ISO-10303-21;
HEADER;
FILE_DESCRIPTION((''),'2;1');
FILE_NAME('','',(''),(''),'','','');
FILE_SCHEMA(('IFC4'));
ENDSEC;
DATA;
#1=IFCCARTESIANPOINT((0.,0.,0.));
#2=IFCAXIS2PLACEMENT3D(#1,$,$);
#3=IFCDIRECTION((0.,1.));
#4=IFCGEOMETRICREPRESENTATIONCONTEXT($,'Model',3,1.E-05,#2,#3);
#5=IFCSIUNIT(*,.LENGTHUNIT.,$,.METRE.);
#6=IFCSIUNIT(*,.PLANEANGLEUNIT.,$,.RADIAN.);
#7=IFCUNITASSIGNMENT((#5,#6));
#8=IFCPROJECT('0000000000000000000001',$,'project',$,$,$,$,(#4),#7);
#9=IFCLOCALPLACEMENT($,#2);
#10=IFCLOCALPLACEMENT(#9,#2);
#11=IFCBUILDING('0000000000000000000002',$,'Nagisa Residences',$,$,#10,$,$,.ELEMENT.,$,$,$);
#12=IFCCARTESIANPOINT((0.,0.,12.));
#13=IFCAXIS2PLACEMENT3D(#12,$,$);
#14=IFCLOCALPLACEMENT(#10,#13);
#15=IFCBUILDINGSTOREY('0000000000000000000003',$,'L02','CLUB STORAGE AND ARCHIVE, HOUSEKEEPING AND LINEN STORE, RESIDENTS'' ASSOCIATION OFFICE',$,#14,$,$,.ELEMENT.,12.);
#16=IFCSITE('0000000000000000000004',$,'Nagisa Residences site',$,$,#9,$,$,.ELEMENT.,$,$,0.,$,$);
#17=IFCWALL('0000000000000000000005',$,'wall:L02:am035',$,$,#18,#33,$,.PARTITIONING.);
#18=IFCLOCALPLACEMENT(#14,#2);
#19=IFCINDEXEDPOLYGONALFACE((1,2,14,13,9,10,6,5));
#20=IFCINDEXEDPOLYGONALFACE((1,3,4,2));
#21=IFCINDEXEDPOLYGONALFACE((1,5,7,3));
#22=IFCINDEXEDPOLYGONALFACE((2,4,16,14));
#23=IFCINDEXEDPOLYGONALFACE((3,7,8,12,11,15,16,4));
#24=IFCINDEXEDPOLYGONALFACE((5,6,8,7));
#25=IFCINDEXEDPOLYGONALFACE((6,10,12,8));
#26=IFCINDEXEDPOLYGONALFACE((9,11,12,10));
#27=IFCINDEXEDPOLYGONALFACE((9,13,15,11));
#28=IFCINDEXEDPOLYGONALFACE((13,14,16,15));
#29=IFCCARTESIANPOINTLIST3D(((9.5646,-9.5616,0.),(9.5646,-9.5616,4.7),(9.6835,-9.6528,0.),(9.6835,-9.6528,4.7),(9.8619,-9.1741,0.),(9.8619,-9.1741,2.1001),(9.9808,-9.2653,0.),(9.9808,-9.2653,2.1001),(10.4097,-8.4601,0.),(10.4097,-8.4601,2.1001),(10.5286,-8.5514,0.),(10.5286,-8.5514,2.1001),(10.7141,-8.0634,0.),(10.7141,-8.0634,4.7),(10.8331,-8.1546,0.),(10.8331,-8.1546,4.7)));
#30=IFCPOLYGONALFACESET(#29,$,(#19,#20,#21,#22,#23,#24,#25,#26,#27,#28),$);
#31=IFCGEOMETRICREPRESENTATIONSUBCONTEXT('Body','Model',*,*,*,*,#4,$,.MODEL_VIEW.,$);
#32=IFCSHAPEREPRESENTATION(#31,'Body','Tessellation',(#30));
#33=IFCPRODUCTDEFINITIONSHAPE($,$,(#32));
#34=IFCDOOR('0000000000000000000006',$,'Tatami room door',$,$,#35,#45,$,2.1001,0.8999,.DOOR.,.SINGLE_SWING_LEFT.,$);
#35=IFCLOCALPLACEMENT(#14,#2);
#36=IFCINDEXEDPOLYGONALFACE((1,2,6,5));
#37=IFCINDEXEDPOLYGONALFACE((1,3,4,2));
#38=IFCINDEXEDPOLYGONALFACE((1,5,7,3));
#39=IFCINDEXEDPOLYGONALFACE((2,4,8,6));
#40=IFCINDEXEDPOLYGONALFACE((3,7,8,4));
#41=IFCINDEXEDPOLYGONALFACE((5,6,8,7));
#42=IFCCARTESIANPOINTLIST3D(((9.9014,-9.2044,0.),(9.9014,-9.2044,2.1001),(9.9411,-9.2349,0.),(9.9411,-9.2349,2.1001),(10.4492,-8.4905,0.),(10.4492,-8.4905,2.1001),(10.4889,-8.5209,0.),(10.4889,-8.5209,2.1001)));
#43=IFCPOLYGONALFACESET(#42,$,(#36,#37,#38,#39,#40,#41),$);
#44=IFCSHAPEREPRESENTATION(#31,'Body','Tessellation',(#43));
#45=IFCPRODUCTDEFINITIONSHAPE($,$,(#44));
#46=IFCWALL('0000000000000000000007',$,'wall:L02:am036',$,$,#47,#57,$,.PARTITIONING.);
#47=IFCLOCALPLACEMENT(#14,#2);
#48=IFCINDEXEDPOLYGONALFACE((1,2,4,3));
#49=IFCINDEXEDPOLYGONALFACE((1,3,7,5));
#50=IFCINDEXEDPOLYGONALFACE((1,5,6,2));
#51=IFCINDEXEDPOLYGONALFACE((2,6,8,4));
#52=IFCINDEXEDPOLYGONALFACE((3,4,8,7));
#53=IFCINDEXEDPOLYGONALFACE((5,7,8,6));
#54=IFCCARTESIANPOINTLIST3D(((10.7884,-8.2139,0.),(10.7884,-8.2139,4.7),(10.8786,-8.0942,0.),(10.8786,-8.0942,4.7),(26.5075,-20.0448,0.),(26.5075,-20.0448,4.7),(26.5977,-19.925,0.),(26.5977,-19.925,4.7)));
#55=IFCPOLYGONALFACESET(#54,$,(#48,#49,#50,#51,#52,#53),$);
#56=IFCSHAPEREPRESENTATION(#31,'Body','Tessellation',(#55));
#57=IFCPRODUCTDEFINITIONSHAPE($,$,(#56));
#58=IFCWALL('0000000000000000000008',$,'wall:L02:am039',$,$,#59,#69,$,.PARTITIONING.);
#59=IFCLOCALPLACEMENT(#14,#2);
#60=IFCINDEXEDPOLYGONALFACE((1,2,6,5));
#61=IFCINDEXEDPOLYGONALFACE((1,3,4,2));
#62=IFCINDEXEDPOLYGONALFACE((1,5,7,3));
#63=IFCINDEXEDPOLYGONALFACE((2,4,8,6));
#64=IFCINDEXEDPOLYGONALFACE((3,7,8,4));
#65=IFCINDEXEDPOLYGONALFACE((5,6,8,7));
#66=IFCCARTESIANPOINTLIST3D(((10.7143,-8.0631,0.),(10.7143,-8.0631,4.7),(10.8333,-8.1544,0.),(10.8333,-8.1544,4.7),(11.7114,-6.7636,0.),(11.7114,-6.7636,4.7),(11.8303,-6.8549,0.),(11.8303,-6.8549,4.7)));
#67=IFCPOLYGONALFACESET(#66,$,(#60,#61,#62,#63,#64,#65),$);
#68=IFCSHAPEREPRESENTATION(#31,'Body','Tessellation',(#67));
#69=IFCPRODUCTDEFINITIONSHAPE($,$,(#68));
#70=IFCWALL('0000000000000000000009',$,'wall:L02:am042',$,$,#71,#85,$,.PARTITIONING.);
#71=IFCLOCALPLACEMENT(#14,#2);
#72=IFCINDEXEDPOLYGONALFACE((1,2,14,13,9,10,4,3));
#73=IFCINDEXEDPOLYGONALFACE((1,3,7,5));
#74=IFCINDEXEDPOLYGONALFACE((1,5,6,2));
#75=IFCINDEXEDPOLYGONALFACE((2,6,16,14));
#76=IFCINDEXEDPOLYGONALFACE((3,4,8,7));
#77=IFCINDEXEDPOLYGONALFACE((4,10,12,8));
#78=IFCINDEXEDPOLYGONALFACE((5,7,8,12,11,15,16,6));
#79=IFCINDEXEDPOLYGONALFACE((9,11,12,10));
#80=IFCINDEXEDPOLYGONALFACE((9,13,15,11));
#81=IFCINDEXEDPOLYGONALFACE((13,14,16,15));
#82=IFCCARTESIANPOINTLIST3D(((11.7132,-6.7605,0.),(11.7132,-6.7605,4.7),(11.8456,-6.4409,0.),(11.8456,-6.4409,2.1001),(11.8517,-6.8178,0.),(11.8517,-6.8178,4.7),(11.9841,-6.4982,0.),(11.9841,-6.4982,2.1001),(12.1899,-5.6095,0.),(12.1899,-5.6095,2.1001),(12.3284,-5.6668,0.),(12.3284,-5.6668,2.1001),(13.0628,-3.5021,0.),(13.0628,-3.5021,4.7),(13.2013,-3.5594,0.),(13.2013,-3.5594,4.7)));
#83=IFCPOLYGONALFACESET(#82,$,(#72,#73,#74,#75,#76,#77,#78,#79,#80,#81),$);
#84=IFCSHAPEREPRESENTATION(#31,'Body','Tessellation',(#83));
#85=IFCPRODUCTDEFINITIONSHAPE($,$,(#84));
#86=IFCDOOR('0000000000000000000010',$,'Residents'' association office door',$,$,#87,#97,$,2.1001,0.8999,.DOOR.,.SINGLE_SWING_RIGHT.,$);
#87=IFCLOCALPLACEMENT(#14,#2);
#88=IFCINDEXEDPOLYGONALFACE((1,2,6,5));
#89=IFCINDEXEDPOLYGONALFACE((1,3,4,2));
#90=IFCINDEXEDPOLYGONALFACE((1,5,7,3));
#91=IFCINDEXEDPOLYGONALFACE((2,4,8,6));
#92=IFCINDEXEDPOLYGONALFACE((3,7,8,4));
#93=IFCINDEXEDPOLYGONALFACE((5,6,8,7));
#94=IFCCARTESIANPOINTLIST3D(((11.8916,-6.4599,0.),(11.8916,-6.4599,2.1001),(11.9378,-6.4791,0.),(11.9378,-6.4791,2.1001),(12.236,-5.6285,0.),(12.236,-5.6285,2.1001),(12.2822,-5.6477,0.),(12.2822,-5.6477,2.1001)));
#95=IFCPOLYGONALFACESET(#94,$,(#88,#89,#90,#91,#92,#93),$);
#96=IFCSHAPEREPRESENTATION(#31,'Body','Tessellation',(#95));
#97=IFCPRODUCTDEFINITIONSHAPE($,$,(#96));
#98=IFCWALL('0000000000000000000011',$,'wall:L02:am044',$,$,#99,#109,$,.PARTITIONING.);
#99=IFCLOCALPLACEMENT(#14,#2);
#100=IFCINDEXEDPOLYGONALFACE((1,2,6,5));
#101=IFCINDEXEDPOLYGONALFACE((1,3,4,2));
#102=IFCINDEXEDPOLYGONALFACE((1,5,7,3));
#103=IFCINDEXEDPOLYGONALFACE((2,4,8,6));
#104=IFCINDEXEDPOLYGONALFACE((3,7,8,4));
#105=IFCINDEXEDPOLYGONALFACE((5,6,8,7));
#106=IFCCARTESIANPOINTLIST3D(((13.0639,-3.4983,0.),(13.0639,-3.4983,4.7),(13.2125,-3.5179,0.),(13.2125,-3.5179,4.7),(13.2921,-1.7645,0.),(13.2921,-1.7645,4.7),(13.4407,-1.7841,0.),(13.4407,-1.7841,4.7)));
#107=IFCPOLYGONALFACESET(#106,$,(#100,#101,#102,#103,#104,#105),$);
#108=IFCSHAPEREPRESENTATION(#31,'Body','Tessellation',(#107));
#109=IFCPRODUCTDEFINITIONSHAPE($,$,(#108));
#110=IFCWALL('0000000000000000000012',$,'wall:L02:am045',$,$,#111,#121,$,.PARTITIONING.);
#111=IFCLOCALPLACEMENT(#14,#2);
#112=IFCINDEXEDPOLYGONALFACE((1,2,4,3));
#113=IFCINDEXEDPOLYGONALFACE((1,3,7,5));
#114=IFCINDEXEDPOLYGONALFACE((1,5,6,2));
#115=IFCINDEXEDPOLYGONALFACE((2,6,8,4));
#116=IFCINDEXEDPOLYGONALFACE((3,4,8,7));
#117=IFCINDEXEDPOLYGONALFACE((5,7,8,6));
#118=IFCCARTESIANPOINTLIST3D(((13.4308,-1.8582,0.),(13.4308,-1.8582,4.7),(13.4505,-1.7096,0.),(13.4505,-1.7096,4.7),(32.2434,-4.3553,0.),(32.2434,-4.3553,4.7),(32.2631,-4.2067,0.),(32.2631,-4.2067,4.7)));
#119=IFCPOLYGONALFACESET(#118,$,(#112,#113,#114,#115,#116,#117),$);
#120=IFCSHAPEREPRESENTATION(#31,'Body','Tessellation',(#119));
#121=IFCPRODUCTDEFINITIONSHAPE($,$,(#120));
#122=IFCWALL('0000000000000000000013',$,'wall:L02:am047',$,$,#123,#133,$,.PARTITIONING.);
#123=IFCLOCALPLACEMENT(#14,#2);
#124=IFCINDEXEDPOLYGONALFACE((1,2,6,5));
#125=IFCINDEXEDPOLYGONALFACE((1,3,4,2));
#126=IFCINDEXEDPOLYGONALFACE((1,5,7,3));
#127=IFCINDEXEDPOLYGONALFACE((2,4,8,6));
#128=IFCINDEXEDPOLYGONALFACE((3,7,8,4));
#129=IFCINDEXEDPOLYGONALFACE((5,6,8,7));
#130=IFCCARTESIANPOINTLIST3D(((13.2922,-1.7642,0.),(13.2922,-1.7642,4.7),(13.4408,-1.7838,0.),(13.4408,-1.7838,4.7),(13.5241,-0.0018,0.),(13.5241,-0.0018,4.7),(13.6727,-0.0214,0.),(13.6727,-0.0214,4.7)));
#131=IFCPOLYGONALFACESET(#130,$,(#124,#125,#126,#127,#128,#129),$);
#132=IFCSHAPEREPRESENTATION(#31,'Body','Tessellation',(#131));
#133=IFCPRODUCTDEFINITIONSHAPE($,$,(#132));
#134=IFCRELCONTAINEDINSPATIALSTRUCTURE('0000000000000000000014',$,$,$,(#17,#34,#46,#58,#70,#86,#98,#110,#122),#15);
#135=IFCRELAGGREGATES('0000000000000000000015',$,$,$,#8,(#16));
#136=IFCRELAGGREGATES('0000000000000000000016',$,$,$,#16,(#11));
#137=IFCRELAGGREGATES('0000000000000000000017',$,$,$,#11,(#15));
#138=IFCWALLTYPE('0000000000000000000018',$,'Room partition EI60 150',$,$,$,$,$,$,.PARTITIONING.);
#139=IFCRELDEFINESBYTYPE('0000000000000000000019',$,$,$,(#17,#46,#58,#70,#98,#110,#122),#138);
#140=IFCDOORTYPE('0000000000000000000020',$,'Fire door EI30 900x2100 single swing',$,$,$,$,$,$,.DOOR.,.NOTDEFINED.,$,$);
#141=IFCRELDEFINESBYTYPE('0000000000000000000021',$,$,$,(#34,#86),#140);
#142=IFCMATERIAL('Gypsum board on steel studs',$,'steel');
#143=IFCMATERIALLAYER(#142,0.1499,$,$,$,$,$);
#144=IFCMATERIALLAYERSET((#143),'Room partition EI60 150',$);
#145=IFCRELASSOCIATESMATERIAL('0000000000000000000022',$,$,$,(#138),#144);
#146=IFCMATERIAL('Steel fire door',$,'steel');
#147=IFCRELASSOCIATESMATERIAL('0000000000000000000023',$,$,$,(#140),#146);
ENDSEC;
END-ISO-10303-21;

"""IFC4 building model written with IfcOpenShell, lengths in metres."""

from ifc_helpers import new_model, si_unit, direction, frame, frame_2d, origin, place, context, subcontext, project, spatial, rectangle, extrude, material, layer, layer_set, type_object, element, fill, save


model = new_model("IFC4")

# Units and contexts
model_context = context("Model", 3, precision=1e-05, world=origin(), true_north=direction((0.0, 1.0)))
body_context = subcontext(model_context, "Body", "Model", "MODEL_VIEW")
ifc_project = project(units=[si_unit("LENGTHUNIT", "METRE"), si_unit("PLANEANGLEUNIT", "RADIAN")], contexts=[model_context])

# Site, building, storey
site_placement = place(None, origin())
site = spatial("IfcSite", under=ifc_project, at=site_placement, Name="Nagisa Residences site", CompositionType="ELEMENT", RefElevation=0.0)
building_placement = place(site_placement, origin())
building = spatial("IfcBuilding", under=site, at=building_placement, Name="Nagisa Residences", CompositionType="ELEMENT")
storey_placement = place(building_placement, frame((0.0, 0.0, 12.0)))
storey = spatial("IfcBuildingStorey", under=building, at=storey_placement, Name="L02", Description="CLUB STORAGE AND ARCHIVE, HOUSEKEEPING AND LINEN STORE, RESIDENTS' ASSOCIATION OFFICE", CompositionType="ELEMENT", Elevation=12.0)

# Shared definitions
ifc_material_1 = material(Name="Gypsum board on steel studs", Category="steel")
ifc_layer_1 = layer(ifc_material_1, 0.1499)
ifc_layer_set_1 = layer_set([ifc_layer_1], Name="Room partition EI60 150")
wall_type = type_object("IfcWallType", Name="Room partition EI60 150", PredefinedType="PARTITIONING", material=ifc_layer_set_1)

# Wall, opening, door
wall_1_placement = place(storey_placement, frame((10.7737, -8.1089, 0.0), z_axis=(0.0, 0.0, 1.0), x_axis=(-0.608754, -0.793359, 0.0)))
wall_1 = element("IfcWall", 1, at=wall_1_placement, inside=storey, type_object=wall_type, Name="wall:L02:am035", PredefinedType="PARTITIONING", context=body_context, shape_type="SweptSolid", body=[
    extrude(rectangle(XDim=1.8884, YDim=0.1499, at=frame_2d((0.9443, 0.0))), origin(), (0.0, 0.0, 1.0), 4.7),
])
opening_1_placement = place(wall_1_placement, frame((0.5002, 0.0, 0.0)))
opening_1 = element("IfcOpeningElement", 2, at=opening_1_placement, cuts=wall_1, PredefinedType="OPENING", context=body_context, shape_type="SweptSolid", body=[
    extrude(rectangle(XDim=0.8999, YDim=2.1001, at=frame_2d((0.45, 1.05))), frame((0.0, 0.085, 0.0), z_axis=(0.0, -1.0, 0.0), x_axis=(1.0, 0.0, 0.0)), (0.0, 0.0, 1.0), 0.1699),
])
ifc_material_2 = material(Name="Steel fire door", Category="steel")
door_type = type_object("IfcDoorType", Name="Fire door EI30 900x2100 single swing", OperationType="NOTDEFINED", PredefinedType="DOOR", material=ifc_material_2)
door_1_placement = place(opening_1_placement, origin())
door_1 = element("IfcDoor", 3, at=door_1_placement, inside=storey, type_object=door_type, Name="Tatami room door", OperationType="SINGLE_SWING_LEFT", OverallHeight=2.1001, OverallWidth=0.8999, PredefinedType="DOOR", context=body_context, shape_type="SweptSolid", body=[
    extrude(rectangle(XDim=0.8999, YDim=2.1001, at=frame_2d((0.45, 1.05))), frame((0.0, 0.0249, 0.0), z_axis=(0.0, -1.0, 0.0), x_axis=(1.0, 0.0, 0.0)), (0.0, 0.0, 1.0), 0.05),
])
fill(opening_1, door_1)

# Walls
wall_2_placement = place(storey_placement, frame((10.8335, -8.1541, 0.0), z_axis=(0.0, 0.0, 1.0), x_axis=(0.798985, -0.601351, 0.0)))
element("IfcWall", 4, at=wall_2_placement, inside=storey, type_object=wall_type, Name="wall:L02:am036", PredefinedType="PARTITIONING", context=body_context, shape_type="SweptSolid", body=[
    extrude(rectangle(XDim=19.6738, YDim=0.1499, at=frame_2d((9.8369, 0.0))), origin(), (0.0, 0.0, 1.0), 4.7),
])
wall_3_placement = place(storey_placement, frame((11.7708, -6.8093, 0.0), z_axis=(0.0, 0.0, 1.0), x_axis=(-0.608716, -0.793388, 0.0)))
element("IfcWall", 5, at=wall_3_placement, inside=storey, type_object=wall_type, Name="wall:L02:am039", PredefinedType="PARTITIONING", context=body_context, shape_type="SweptSolid", body=[
    extrude(rectangle(XDim=1.6379, YDim=0.1499, at=frame_2d((0.8188, 0.0))), origin(), (0.0, 0.0, 1.0), 4.7),
])

# Wall, opening, door
wall_4_placement = place(storey_placement, frame((13.1321, -3.5308, 0.0), z_axis=(0.0, 0.0, 1.0), x_axis=(-0.382678, -0.923882, 0.0)))
wall_4 = element("IfcWall", 6, at=wall_4_placement, inside=storey, type_object=wall_type, Name="wall:L02:am042", PredefinedType="PARTITIONING", context=body_context, shape_type="SweptSolid", body=[
    extrude(rectangle(XDim=3.5269, YDim=0.1499, at=frame_2d((1.7634, 0.0))), origin(), (0.0, 0.0, 1.0), 4.7),
])
opening_2_placement = place(wall_4_placement, frame((2.281, 0.0, 0.0)))
opening_2 = element("IfcOpeningElement", 7, at=opening_2_placement, cuts=wall_4, PredefinedType="OPENING", context=body_context, shape_type="SweptSolid", body=[
    extrude(rectangle(XDim=0.8999, YDim=2.1001, at=frame_2d((0.45, 1.05))), frame((0.0, 0.085, 0.0), z_axis=(0.0, -1.0, 0.0), x_axis=(1.0, 0.0, 0.0)), (0.0, 0.0, 1.0), 0.1699),
])
door_2_placement = place(opening_2_placement, origin())
door_2 = element("IfcDoor", 8, at=door_2_placement, inside=storey, type_object=door_type, Name="Residents' association office door", OperationType="SINGLE_SWING_RIGHT", OverallHeight=2.1001, OverallWidth=0.8999, PredefinedType="DOOR", context=body_context, shape_type="SweptSolid", body=[
    extrude(rectangle(XDim=0.8999, YDim=2.1001, at=frame_2d((0.45, 1.05))), frame((0.0, 0.0249, 0.0), z_axis=(0.0, -1.0, 0.0), x_axis=(1.0, 0.0, 0.0)), (0.0, 0.0, 1.0), 0.05),
])
fill(opening_2, door_2)

# Walls
wall_5_placement = place(storey_placement, frame((13.3665, -1.7742, 0.0), z_axis=(0.0, 0.0, 1.0), x_axis=(-0.130527, -0.991445, 0.0)))
element("IfcWall", 9, at=wall_5_placement, inside=storey, type_object=wall_type, Name="wall:L02:am044", PredefinedType="PARTITIONING", context=body_context, shape_type="SweptSolid", body=[
    extrude(rectangle(XDim=1.7488, YDim=0.1499, at=frame_2d((0.8745, 0.0))), origin(), (0.0, 0.0, 1.0), 4.7),
])
wall_6_placement = place(storey_placement, frame((13.4407, -1.7839, 0.0), z_axis=(0.0, 0.0, 1.0), x_axis=(0.991305, -0.131581, 0.0)))
element("IfcWall", 10, at=wall_6_placement, inside=storey, type_object=wall_type, Name="wall:L02:am045", PredefinedType="PARTITIONING", context=body_context, shape_type="SweptSolid", body=[
    extrude(rectangle(XDim=18.9775, YDim=0.1499, at=frame_2d((9.4888, 0.0))), origin(), (0.0, 0.0, 1.0), 4.7),
])
wall_7_placement = place(storey_placement, frame((13.5984, -0.0117, 0.0), z_axis=(0.0, 0.0, 1.0), x_axis=(-0.130472, -0.991452, 0.0)))
element("IfcWall", 11, at=wall_7_placement, inside=storey, type_object=wall_type, Name="wall:L02:am047", PredefinedType="PARTITIONING", context=body_context, shape_type="SweptSolid", body=[
    extrude(rectangle(XDim=1.7776, YDim=0.1499, at=frame_2d((0.8887, 0.0))), origin(), (0.0, 0.0, 1.0), 4.7),
])

save(model, "model.ifc")
